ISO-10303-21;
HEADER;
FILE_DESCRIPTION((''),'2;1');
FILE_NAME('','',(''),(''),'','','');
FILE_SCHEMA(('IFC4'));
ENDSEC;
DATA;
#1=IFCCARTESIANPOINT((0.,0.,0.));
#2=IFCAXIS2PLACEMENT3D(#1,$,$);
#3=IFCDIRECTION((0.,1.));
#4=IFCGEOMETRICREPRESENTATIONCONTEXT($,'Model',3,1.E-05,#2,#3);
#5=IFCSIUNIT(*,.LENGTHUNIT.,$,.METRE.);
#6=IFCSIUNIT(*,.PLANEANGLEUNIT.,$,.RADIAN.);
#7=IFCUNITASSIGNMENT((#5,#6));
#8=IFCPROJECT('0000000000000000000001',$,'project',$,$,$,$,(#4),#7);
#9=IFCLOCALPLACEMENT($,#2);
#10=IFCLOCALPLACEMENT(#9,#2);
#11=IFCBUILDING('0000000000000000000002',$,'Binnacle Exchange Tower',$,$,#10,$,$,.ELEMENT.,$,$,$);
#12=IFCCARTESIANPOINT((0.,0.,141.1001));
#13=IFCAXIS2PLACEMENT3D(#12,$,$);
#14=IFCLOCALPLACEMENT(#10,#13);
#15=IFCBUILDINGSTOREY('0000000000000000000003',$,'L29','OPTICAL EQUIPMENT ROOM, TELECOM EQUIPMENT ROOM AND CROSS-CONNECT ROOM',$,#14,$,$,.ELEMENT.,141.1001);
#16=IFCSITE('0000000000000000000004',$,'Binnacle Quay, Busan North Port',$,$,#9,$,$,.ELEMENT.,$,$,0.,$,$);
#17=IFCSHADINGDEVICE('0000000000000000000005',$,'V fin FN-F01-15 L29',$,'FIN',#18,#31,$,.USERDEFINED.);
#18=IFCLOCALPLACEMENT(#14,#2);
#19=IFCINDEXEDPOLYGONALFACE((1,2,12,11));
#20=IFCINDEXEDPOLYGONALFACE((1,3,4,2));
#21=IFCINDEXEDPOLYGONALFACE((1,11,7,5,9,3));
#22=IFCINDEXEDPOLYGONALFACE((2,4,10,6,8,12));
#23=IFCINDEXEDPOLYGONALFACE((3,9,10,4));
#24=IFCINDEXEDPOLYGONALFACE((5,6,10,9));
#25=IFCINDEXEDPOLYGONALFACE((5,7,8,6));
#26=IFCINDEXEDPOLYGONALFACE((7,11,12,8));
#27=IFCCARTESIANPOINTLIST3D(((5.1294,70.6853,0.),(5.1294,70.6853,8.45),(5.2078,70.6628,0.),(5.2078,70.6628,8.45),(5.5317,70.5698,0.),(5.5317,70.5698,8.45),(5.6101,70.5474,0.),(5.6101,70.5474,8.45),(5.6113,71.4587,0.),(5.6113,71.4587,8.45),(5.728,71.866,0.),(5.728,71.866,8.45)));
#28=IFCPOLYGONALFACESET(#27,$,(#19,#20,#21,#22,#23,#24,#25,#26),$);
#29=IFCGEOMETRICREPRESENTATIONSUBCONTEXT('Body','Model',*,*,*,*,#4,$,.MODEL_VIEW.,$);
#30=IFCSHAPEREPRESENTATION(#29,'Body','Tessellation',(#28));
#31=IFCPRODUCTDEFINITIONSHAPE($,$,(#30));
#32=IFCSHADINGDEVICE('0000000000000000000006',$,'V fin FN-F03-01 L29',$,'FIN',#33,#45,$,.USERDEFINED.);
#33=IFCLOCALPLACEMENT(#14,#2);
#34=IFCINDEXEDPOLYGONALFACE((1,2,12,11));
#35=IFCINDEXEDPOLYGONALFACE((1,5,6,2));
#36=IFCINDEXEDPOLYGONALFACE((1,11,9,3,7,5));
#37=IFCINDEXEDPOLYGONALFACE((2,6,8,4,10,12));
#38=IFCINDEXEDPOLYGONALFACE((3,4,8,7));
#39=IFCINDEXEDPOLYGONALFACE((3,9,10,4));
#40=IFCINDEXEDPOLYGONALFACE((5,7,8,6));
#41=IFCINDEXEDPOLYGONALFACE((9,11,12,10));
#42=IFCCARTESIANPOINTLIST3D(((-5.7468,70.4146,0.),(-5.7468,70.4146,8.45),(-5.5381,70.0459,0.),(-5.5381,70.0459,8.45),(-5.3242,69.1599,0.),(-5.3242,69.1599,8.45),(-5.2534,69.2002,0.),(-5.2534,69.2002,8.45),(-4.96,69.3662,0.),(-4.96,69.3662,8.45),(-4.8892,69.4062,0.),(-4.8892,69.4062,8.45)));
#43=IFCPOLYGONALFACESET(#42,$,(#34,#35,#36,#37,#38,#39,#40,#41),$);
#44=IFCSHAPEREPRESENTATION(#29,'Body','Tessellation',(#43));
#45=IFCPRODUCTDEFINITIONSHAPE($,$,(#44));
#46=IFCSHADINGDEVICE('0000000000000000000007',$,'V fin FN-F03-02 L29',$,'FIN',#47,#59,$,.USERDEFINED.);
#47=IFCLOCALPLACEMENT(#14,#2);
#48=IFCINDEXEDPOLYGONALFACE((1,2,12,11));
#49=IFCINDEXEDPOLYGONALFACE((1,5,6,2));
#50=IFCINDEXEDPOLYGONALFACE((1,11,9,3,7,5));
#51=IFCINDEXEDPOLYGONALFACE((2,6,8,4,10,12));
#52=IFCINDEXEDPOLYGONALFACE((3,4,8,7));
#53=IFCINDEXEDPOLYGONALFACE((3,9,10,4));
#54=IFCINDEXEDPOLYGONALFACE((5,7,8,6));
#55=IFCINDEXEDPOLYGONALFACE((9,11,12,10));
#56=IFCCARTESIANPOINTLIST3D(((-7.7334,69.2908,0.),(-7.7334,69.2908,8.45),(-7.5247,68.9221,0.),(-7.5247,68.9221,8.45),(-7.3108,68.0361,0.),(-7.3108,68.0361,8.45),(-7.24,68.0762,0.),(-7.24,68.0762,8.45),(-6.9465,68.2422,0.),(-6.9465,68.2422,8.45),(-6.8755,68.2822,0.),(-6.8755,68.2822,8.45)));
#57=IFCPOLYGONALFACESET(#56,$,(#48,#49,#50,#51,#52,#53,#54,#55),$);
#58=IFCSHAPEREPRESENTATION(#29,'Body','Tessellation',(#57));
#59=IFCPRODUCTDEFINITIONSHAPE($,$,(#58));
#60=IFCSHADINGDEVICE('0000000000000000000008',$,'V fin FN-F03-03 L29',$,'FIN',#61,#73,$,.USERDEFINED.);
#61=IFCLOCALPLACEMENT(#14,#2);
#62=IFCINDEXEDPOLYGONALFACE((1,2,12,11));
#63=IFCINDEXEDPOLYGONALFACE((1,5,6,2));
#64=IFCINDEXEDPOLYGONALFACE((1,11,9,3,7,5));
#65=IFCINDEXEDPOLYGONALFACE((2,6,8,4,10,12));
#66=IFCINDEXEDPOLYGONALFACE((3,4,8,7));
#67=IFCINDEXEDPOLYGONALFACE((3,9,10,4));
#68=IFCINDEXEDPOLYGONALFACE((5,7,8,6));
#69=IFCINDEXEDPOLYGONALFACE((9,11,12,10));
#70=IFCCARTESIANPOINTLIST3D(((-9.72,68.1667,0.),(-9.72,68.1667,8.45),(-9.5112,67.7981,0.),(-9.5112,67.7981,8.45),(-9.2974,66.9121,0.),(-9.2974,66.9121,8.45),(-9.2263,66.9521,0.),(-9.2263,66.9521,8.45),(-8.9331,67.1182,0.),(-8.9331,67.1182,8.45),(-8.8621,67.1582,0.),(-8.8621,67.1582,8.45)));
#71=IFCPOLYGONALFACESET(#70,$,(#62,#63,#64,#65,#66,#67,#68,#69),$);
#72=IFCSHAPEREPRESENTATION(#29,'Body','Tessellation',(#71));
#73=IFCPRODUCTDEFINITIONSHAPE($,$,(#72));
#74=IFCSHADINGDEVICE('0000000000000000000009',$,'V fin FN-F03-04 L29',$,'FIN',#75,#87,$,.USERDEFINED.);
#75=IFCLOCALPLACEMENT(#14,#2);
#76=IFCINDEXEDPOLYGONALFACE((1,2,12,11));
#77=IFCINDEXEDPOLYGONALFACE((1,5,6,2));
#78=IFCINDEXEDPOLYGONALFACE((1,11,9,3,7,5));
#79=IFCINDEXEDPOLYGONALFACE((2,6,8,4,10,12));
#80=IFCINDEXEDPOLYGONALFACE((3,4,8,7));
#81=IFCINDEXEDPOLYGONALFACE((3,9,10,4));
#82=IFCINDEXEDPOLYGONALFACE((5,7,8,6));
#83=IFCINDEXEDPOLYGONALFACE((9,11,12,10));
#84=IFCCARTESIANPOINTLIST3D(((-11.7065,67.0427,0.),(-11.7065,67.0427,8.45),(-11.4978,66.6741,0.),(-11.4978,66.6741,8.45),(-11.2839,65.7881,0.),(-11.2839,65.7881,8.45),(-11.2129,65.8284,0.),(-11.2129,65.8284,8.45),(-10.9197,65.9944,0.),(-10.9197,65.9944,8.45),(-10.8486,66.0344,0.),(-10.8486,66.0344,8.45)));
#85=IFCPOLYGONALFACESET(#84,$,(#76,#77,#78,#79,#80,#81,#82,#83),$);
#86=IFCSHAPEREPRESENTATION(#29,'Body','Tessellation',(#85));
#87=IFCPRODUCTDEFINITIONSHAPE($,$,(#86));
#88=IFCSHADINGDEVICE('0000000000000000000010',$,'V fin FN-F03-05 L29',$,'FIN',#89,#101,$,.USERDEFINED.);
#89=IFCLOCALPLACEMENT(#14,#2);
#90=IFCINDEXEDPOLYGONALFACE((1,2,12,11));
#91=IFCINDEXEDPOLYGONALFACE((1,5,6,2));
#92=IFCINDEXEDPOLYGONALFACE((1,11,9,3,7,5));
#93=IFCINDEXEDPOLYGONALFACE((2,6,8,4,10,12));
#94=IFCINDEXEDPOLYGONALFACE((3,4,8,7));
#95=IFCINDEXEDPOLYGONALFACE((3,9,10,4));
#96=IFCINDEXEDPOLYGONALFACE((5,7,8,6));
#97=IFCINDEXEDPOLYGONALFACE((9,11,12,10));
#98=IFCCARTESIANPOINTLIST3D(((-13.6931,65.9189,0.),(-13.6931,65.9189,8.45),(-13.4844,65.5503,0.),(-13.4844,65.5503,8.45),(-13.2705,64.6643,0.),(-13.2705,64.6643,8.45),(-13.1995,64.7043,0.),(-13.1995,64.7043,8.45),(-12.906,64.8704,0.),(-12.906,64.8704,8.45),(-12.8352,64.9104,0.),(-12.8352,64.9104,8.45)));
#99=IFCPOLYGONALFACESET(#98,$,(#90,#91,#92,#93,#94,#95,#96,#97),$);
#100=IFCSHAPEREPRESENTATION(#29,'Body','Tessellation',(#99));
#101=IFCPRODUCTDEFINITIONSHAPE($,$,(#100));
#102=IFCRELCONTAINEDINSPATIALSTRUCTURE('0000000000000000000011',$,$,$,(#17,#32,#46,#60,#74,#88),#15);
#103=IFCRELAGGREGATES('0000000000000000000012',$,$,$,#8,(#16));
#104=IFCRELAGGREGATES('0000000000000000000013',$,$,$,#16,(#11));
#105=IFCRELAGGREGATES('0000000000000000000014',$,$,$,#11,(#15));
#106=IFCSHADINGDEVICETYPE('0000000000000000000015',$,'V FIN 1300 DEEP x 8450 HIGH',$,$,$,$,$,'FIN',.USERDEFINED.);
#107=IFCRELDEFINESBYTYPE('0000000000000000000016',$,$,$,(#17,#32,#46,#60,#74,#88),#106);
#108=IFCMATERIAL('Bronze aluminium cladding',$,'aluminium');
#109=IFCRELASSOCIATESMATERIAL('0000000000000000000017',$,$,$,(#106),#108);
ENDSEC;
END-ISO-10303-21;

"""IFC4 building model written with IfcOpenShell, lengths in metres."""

from ifc_helpers import new_model, si_unit, direction, frame, origin, place, context, subcontext, project, spatial, polyline, outline, extrude, material, type_object, element, save


model = new_model("IFC4")

# Units and contexts
model_context = context("Model", 3, precision=1e-05, world=origin(), true_north=direction((0.0, 1.0)))
body_context = subcontext(model_context, "Body", "Model", "MODEL_VIEW")
ifc_project = project(units=[si_unit("LENGTHUNIT", "METRE"), si_unit("PLANEANGLEUNIT", "RADIAN")], contexts=[model_context])

# Site, building, storey
site_placement = place(None, origin())
site = spatial("IfcSite", under=ifc_project, at=site_placement, Name="Binnacle Quay, Busan North Port", CompositionType="ELEMENT", RefElevation=0.0)
building_placement = place(site_placement, origin())
building = spatial("IfcBuilding", under=site, at=building_placement, Name="Binnacle Exchange Tower", CompositionType="ELEMENT")
storey_placement = place(building_placement, frame((0.0, 0.0, 141.1001)))
storey = spatial("IfcBuildingStorey", under=building, at=storey_placement, Name="L29", Description="OPTICAL EQUIPMENT ROOM, TELECOM EQUIPMENT ROOM AND CROSS-CONNECT ROOM", CompositionType="ELEMENT", Elevation=141.1001)

# Shading devices
ifc_material_1 = material(Name="Bronze aluminium cladding", Category="aluminium")
shading_device_type = type_object("IfcShadingDeviceType", Name="V FIN 1300 DEEP x 8450 HIGH", ElementType="FIN", PredefinedType="USERDEFINED", material=ifc_material_1)
shading_device_1_placement = place(storey_placement, origin())
element("IfcShadingDevice", 1, at=shading_device_1_placement, inside=storey, type_object=shading_device_type, Name="V fin FN-F01-15 L29", ObjectType="FIN", PredefinedType="USERDEFINED", context=body_context, shape_type="SweptSolid", body=[
    extrude(outline(polyline([(5.6101, 70.5474), (5.728, 71.866), (5.1294, 70.6853), (5.2078, 70.6628), (5.6113, 71.4587), (5.5317, 70.5698), (5.6101, 70.5474)])), origin(), (0.0, 0.0, 1.0), 8.45),
])
shading_device_2_placement = place(storey_placement, origin())
element("IfcShadingDevice", 2, at=shading_device_2_placement, inside=storey, type_object=shading_device_type, Name="V fin FN-F03-01 L29", ObjectType="FIN", PredefinedType="USERDEFINED", context=body_context, shape_type="SweptSolid", body=[
    extrude(outline(polyline([(-4.8892, 69.4062), (-5.7468, 70.4146), (-5.3242, 69.1599), (-5.2534, 69.2002), (-5.5381, 70.0459), (-4.96, 69.3662), (-4.8892, 69.4062)])), origin(), (0.0, 0.0, 1.0), 8.45),
])
shading_device_3_placement = place(storey_placement, origin())
element("IfcShadingDevice", 3, at=shading_device_3_placement, inside=storey, type_object=shading_device_type, Name="V fin FN-F03-02 L29", ObjectType="FIN", PredefinedType="USERDEFINED", context=body_context, shape_type="SweptSolid", body=[
    extrude(outline(polyline([(-6.8755, 68.2822), (-7.7334, 69.2908), (-7.3108, 68.0361), (-7.24, 68.0762), (-7.5247, 68.9221), (-6.9465, 68.2422), (-6.8755, 68.2822)])), origin(), (0.0, 0.0, 1.0), 8.45),
])
shading_device_4_placement = place(storey_placement, origin())
element("IfcShadingDevice", 4, at=shading_device_4_placement, inside=storey, type_object=shading_device_type, Name="V fin FN-F03-03 L29", ObjectType="FIN", PredefinedType="USERDEFINED", context=body_context, shape_type="SweptSolid", body=[
    extrude(outline(polyline([(-8.8621, 67.1582), (-9.72, 68.1667), (-9.2974, 66.9121), (-9.2263, 66.9521), (-9.5112, 67.7981), (-8.9331, 67.1182), (-8.8621, 67.1582)])), origin(), (0.0, 0.0, 1.0), 8.45),
])
shading_device_5_placement = place(storey_placement, origin())
element("IfcShadingDevice", 5, at=shading_device_5_placement, inside=storey, type_object=shading_device_type, Name="V fin FN-F03-04 L29", ObjectType="FIN", PredefinedType="USERDEFINED", context=body_context, shape_type="SweptSolid", body=[
    extrude(outline(polyline([(-10.8486, 66.0344), (-11.7065, 67.0427), (-11.2839, 65.7881), (-11.2129, 65.8284), (-11.4978, 66.6741), (-10.9197, 65.9944), (-10.8486, 66.0344)])), origin(), (0.0, 0.0, 1.0), 8.45),
])
shading_device_6_placement = place(storey_placement, origin())
element("IfcShadingDevice", 6, at=shading_device_6_placement, inside=storey, type_object=shading_device_type, Name="V fin FN-F03-05 L29", ObjectType="FIN", PredefinedType="USERDEFINED", context=body_context, shape_type="SweptSolid", body=[
    extrude(outline(polyline([(-12.8352, 64.9104), (-13.6931, 65.9189), (-13.2705, 64.6643), (-13.1995, 64.7043), (-13.4844, 65.5503), (-12.906, 64.8704), (-12.8352, 64.9104)])), origin(), (0.0, 0.0, 1.0), 8.45),
])

save(model, "model.ifc")
